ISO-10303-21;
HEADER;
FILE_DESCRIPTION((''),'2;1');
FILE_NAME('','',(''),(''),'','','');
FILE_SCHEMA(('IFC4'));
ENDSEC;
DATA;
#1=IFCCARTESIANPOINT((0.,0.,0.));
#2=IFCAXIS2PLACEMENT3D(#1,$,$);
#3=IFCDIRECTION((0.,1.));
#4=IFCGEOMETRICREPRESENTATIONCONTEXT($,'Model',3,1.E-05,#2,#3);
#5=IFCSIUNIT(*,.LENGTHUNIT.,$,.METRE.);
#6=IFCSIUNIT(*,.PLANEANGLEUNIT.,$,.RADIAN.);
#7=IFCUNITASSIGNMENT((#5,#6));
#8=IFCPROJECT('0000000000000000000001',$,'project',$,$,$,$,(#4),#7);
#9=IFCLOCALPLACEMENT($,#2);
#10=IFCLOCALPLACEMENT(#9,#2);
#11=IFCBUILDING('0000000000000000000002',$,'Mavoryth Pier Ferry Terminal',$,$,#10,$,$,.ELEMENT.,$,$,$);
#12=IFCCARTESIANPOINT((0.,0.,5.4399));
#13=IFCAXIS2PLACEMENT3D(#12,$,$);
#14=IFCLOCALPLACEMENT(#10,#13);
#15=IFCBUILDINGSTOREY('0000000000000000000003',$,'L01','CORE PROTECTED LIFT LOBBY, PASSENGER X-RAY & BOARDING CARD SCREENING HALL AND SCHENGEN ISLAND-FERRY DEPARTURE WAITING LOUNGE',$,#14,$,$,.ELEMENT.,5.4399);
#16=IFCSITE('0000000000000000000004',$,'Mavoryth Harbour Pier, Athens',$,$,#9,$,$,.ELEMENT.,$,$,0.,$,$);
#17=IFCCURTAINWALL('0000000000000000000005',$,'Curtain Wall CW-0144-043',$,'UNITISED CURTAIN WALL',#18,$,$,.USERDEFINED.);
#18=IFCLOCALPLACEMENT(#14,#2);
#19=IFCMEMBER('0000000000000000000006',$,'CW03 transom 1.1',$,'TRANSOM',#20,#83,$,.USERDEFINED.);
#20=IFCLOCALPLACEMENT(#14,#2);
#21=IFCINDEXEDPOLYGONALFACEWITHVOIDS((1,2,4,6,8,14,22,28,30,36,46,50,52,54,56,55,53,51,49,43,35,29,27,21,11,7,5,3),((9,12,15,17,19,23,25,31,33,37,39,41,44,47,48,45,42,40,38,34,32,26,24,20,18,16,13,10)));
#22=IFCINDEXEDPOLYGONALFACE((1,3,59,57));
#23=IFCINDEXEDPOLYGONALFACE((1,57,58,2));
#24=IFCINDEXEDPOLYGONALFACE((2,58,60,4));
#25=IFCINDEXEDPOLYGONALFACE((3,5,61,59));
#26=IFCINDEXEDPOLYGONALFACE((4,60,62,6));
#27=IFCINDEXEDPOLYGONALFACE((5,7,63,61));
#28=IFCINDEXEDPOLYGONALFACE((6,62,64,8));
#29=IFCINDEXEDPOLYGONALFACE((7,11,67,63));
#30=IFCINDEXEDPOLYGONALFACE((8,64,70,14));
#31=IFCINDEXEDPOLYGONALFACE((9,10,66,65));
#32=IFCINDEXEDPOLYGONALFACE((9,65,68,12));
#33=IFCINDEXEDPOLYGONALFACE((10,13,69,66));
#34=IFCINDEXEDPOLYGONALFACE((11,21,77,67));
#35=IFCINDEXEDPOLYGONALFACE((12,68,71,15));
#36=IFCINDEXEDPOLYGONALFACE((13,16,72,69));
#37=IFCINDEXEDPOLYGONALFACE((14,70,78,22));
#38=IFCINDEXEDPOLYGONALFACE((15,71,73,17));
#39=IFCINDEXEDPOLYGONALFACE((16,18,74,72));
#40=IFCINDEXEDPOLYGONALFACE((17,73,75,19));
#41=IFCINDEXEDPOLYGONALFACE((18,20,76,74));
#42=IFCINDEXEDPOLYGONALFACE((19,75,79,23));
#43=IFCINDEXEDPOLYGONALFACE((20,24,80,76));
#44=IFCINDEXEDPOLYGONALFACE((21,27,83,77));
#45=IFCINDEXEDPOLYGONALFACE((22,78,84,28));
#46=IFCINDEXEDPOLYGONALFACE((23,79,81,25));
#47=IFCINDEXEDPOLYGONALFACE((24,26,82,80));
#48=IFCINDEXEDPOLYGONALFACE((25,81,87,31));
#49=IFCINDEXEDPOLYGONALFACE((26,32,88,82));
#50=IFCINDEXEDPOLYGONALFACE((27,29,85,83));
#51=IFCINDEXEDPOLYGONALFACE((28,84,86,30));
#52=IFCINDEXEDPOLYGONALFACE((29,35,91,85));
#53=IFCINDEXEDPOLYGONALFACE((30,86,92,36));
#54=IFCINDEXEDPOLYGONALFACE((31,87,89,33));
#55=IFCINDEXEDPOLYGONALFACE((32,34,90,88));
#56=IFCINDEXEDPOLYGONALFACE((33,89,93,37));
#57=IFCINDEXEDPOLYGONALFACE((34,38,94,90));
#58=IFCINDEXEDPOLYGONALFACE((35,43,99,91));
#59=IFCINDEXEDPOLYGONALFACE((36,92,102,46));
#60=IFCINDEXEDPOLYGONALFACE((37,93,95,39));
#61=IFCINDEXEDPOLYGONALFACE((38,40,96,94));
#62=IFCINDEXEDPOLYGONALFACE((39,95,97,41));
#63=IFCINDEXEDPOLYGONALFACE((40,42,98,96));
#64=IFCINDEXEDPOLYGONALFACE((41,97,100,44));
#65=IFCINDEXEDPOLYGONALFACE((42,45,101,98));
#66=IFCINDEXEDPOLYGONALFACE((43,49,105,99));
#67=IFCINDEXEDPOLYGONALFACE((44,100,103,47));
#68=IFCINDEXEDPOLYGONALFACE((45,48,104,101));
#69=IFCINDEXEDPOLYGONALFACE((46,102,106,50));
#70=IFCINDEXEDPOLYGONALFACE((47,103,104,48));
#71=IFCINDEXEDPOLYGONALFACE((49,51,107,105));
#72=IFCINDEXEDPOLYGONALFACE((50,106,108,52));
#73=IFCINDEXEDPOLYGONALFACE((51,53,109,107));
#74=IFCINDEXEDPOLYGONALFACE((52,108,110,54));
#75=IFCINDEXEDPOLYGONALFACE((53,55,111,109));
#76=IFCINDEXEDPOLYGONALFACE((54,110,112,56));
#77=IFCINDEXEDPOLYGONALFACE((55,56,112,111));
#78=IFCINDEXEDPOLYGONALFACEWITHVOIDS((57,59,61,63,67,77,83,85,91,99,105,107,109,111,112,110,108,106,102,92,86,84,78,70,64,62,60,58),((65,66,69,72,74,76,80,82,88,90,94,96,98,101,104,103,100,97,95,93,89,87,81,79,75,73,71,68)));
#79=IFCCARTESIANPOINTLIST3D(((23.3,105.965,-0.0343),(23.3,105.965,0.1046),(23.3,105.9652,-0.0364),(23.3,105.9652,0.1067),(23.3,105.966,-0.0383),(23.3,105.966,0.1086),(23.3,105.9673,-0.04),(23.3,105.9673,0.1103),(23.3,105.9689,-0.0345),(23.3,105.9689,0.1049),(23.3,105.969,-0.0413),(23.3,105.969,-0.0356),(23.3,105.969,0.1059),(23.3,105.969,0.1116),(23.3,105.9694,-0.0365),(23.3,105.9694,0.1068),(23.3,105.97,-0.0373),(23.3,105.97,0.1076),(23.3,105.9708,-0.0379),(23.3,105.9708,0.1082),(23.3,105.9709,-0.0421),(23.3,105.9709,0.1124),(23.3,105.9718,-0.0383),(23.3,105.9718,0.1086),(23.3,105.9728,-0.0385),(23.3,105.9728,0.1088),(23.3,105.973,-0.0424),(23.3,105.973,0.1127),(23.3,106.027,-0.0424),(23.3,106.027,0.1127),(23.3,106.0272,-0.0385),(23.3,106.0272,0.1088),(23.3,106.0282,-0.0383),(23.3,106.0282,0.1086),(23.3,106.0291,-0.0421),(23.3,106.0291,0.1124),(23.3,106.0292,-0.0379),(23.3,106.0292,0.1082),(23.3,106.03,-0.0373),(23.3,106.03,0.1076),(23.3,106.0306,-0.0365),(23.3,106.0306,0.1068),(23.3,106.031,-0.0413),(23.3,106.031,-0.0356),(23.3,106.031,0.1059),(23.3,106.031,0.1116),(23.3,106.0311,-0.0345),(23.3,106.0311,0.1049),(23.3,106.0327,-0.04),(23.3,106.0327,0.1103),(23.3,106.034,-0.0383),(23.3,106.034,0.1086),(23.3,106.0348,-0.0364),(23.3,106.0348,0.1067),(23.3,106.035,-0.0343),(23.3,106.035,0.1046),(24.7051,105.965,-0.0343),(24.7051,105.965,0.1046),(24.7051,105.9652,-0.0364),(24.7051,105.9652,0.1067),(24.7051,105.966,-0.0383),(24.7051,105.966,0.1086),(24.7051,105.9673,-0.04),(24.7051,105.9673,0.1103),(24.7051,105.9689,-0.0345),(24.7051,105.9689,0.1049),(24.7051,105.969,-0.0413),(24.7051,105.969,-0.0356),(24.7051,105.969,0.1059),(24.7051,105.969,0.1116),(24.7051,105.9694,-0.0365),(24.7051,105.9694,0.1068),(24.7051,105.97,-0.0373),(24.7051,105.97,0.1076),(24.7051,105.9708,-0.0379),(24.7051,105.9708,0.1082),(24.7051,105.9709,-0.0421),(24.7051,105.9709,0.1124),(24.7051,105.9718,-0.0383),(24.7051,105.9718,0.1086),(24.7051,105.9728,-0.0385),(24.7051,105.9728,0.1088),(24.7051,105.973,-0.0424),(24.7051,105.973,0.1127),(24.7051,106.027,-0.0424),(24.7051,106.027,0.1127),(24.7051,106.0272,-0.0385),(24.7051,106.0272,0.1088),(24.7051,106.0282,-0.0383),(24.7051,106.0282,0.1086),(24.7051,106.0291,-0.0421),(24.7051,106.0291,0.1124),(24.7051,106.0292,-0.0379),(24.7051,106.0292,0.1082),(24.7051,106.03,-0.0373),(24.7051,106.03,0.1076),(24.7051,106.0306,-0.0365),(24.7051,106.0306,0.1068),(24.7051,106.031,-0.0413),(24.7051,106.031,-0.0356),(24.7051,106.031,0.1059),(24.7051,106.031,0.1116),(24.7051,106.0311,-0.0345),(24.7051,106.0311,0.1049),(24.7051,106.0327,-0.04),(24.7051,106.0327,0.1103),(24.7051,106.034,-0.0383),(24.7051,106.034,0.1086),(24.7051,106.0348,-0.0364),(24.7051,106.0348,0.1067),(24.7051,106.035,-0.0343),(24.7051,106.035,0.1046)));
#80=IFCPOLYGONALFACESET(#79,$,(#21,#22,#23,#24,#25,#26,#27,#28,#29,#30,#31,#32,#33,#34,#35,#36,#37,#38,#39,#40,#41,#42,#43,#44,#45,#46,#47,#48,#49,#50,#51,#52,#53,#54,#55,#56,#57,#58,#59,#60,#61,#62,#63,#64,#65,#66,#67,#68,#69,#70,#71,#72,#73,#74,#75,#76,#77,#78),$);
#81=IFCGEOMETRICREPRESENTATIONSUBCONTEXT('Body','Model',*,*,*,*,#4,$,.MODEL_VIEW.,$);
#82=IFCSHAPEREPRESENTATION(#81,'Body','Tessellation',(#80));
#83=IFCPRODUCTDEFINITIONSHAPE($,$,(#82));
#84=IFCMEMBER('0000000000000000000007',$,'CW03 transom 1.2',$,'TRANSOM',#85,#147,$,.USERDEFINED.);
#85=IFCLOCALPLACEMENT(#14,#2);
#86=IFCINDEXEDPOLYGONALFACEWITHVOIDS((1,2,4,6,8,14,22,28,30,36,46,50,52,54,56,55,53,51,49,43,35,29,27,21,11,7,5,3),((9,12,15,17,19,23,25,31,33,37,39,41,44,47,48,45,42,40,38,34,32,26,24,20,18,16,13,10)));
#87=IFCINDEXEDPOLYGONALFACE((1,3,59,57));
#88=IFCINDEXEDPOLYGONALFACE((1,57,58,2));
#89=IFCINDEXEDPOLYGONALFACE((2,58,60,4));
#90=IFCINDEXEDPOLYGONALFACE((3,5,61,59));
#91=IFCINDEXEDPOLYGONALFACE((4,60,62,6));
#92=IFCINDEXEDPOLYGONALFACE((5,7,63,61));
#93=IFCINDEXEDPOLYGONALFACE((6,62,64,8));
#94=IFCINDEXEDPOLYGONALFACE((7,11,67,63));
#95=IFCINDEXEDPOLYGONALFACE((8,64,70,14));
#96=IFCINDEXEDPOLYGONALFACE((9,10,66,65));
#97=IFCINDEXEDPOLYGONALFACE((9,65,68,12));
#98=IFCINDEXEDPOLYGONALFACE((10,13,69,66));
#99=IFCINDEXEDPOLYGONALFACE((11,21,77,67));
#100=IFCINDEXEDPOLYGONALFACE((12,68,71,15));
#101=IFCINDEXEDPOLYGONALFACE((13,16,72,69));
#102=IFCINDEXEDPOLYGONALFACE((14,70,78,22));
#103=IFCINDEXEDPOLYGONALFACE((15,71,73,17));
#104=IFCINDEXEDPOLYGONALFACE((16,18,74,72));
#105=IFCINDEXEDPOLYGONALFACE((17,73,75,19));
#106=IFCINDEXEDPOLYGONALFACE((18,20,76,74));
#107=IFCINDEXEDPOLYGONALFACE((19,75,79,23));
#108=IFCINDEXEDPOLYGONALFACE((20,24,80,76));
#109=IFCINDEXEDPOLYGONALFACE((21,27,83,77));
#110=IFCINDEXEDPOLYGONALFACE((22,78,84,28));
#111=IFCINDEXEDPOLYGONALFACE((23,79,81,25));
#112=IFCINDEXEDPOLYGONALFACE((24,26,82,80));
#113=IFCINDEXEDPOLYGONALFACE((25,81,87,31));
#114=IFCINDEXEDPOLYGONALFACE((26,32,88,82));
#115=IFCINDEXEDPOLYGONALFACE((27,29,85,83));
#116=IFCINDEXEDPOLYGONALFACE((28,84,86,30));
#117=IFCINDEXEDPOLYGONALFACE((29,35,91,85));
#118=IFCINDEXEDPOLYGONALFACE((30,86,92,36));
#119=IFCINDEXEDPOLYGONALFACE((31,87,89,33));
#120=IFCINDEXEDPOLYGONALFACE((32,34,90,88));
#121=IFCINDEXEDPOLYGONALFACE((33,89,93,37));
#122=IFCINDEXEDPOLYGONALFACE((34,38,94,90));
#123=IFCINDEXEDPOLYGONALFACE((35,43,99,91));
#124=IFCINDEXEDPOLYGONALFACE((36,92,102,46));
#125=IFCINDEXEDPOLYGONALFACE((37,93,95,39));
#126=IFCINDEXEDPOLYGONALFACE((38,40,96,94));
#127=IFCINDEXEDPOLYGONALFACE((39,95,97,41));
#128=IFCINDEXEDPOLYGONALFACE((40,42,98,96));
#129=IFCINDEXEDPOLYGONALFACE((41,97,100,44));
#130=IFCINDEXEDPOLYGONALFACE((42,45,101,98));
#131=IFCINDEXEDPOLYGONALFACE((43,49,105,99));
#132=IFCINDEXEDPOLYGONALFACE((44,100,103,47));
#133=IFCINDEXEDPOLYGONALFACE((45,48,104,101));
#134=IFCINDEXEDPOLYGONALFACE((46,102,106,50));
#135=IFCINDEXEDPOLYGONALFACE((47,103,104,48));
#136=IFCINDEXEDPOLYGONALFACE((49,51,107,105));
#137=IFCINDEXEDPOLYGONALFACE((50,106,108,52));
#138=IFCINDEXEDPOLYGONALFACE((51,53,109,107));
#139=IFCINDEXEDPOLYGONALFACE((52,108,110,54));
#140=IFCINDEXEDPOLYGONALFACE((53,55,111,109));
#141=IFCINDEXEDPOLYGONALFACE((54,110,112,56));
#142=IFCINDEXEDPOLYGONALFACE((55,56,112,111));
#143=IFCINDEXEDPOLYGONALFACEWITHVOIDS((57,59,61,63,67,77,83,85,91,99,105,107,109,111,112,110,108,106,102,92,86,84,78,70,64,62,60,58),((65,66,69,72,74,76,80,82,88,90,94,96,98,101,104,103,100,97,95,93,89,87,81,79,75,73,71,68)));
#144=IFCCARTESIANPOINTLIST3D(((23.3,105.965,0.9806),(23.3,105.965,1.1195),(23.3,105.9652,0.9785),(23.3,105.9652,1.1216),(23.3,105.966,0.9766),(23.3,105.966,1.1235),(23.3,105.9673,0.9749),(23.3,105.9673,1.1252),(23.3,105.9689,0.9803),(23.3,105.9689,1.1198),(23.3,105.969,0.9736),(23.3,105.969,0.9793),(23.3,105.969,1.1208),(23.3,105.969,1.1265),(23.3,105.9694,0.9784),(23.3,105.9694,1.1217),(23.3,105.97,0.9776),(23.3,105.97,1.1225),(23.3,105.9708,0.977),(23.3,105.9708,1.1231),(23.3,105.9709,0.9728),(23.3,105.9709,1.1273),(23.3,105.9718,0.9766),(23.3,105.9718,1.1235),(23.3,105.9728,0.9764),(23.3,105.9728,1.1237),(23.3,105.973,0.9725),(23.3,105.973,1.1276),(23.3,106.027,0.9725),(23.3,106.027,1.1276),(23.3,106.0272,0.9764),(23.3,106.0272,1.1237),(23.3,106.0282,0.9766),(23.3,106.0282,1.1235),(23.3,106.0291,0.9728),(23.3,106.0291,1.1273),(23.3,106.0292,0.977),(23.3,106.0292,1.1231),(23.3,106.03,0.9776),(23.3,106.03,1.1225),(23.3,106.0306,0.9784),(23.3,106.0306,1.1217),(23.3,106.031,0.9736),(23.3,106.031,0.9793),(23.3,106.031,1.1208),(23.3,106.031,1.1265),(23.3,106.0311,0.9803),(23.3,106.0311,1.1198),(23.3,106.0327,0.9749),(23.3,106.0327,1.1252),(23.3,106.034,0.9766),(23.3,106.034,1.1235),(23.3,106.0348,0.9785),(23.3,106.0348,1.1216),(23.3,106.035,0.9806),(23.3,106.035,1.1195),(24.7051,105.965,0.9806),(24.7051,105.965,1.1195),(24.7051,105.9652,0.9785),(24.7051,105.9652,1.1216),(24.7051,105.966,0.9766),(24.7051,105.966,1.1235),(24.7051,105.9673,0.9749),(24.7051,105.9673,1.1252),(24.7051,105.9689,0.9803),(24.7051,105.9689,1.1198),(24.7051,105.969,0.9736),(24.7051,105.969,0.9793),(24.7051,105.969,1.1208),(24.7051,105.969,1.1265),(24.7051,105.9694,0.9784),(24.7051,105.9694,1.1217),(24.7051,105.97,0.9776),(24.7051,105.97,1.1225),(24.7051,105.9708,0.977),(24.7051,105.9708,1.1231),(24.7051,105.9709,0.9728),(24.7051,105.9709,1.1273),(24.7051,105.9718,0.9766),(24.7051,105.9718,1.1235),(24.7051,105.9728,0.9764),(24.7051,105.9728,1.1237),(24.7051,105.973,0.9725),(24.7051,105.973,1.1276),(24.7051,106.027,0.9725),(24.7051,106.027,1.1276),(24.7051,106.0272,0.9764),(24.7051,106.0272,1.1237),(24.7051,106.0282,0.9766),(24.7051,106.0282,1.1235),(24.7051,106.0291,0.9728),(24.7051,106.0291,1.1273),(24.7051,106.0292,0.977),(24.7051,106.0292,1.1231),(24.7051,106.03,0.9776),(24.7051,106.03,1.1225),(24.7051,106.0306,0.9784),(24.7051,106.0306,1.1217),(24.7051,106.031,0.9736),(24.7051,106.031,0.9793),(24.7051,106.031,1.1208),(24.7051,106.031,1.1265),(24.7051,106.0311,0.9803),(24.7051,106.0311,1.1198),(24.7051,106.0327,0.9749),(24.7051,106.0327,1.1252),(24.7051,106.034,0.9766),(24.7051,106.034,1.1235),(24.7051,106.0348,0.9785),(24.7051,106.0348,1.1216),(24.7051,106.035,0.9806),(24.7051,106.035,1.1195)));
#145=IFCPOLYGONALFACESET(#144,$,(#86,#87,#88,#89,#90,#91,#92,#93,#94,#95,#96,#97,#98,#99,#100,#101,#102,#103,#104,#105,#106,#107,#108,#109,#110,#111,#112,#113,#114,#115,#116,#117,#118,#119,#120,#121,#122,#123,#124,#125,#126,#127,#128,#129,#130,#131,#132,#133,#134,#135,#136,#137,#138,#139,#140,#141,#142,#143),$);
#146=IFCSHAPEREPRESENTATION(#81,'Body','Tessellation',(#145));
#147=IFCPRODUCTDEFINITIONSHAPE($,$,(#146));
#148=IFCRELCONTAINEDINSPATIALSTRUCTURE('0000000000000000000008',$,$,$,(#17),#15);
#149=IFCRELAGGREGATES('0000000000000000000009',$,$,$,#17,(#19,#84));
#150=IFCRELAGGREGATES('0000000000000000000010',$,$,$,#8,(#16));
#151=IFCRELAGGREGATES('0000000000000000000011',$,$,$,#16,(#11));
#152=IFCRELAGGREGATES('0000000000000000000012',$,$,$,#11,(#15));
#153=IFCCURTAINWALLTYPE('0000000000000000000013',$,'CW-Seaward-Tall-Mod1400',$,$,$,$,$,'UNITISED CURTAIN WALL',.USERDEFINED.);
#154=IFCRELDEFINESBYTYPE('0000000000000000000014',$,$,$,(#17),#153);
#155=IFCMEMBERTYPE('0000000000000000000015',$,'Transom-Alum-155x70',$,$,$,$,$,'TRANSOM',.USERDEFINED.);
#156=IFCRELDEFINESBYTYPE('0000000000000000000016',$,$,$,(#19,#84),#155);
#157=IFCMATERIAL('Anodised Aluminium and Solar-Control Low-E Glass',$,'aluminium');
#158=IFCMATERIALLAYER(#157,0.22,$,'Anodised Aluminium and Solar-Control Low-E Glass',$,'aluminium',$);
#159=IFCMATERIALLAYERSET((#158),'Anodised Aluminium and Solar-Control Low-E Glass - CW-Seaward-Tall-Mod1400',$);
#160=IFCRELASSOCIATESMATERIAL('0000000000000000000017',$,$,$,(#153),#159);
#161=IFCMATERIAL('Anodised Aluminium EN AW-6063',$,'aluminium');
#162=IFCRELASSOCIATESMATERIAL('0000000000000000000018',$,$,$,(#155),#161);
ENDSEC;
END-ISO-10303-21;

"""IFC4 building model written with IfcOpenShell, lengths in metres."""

from ifc_helpers import new_model, si_unit, direction, frame, origin, origin_2d, place, context, subcontext, project, spatial, hollow_rectangle, extrude, material, layer, layer_set, material_profile, profile_set, type_object, element, aggregate, save


model = new_model("IFC4")

# Units and contexts
model_context = context("Model", 3, precision=1e-05, world=origin(), true_north=direction((0.0, 1.0)))
body_context = subcontext(model_context, "Body", "Model", "MODEL_VIEW")
ifc_project = project(units=[si_unit("LENGTHUNIT", "METRE"), si_unit("PLANEANGLEUNIT", "RADIAN")], contexts=[model_context])

# Site, building, storey
site_placement = place(None, origin())
site = spatial("IfcSite", under=ifc_project, at=site_placement, Name="Mavoryth Harbour Pier, Athens", CompositionType="ELEMENT", RefElevation=0.0)
building_placement = place(site_placement, origin())
building = spatial("IfcBuilding", under=site, at=building_placement, Name="Mavoryth Pier Ferry Terminal", CompositionType="ELEMENT")
storey_placement = place(building_placement, frame((0.0, 0.0, 5.4399)))
storey = spatial("IfcBuildingStorey", under=building, at=storey_placement, Name="L01", Description="CORE PROTECTED LIFT LOBBY, PASSENGER X-RAY & BOARDING CARD SCREENING HALL AND SCHENGEN ISLAND-FERRY DEPARTURE WAITING LOUNGE", CompositionType="ELEMENT", Elevation=5.4399)

# Curtain wall
ifc_material_1 = material(Name="Anodised Aluminium and Solar-Control Low-E Glass", Category="aluminium")
ifc_layer_1 = layer(ifc_material_1, 0.22, Name="Anodised Aluminium and Solar-Control Low-E Glass", Category="aluminium")
ifc_layer_set_1 = layer_set([ifc_layer_1], Name="Anodised Aluminium and Solar-Control Low-E Glass - CW-Seaward-Tall-Mod1400")
curtain_wall_type = type_object("IfcCurtainWallType", Name="CW-Seaward-Tall-Mod1400", ElementType="UNITISED CURTAIN WALL", PredefinedType="USERDEFINED", material=ifc_layer_set_1)
curtain_wall_1_placement = place(storey_placement, origin())
curtain_wall_1 = element("IfcCurtainWall", 1, at=curtain_wall_1_placement, inside=storey, type_object=curtain_wall_type, Name="Curtain Wall CW-0144-043", ObjectType="UNITISED CURTAIN WALL", PredefinedType="USERDEFINED")
ifc_material_2 = material(Name="Anodised Aluminium EN AW-6063", Category="aluminium")

# Members
ifc_material_profile_1 = material_profile(ifc_material_2, hollow_rectangle(XDim=0.0701, YDim=0.155, WallThickness=0.0039, InnerFilletRadius=0.0039, OuterFilletRadius=0.0081, at=origin_2d()), Name="AL-TRAN 155x70x4", Category="aluminium")
ifc_profile_set_1 = profile_set([ifc_material_profile_1], Name="Anodised Aluminium EN AW-6063 - AL-TRAN 155x70x4")
member_type_1 = type_object("IfcMemberType", Name="Transom-Alum-155x70", ElementType="TRANSOM", PredefinedType="USERDEFINED", material=ifc_profile_set_1)
member_1_placement = place(storey_placement, frame((24.7051, 106.0, 0.0352), z_axis=(-1.0, 0.0, 0.0), x_axis=(0.0, -1.0, 0.0)))
member_1 = element("IfcMember", 2, at=member_1_placement, type_object=member_type_1, Name="CW03 transom 1.1", ObjectType="TRANSOM", PredefinedType="USERDEFINED", context=body_context, shape_type="SweptSolid", body=[
    extrude(hollow_rectangle(XDim=0.0701, YDim=0.155, WallThickness=0.0039, InnerFilletRadius=0.0039, OuterFilletRadius=0.0081, at=origin_2d()), origin(), (0.0, 0.0, 1.0), 1.405),
])
member_2_placement = place(storey_placement, frame((24.7051, 106.0, 1.05), z_axis=(-1.0, 0.0, 0.0), x_axis=(0.0, -1.0, 0.0)))
member_2 = element("IfcMember", 3, at=member_2_placement, type_object=member_type_1, Name="CW03 transom 1.2", ObjectType="TRANSOM", PredefinedType="USERDEFINED", context=body_context, shape_type="SweptSolid", body=[
    extrude(hollow_rectangle(XDim=0.0701, YDim=0.155, WallThickness=0.0039, InnerFilletRadius=0.0039, OuterFilletRadius=0.0081, at=origin_2d()), origin(), (0.0, 0.0, 1.0), 1.405),
])

aggregate(curtain_wall_1, [member_1, member_2])

save(model, "model.ifc")
